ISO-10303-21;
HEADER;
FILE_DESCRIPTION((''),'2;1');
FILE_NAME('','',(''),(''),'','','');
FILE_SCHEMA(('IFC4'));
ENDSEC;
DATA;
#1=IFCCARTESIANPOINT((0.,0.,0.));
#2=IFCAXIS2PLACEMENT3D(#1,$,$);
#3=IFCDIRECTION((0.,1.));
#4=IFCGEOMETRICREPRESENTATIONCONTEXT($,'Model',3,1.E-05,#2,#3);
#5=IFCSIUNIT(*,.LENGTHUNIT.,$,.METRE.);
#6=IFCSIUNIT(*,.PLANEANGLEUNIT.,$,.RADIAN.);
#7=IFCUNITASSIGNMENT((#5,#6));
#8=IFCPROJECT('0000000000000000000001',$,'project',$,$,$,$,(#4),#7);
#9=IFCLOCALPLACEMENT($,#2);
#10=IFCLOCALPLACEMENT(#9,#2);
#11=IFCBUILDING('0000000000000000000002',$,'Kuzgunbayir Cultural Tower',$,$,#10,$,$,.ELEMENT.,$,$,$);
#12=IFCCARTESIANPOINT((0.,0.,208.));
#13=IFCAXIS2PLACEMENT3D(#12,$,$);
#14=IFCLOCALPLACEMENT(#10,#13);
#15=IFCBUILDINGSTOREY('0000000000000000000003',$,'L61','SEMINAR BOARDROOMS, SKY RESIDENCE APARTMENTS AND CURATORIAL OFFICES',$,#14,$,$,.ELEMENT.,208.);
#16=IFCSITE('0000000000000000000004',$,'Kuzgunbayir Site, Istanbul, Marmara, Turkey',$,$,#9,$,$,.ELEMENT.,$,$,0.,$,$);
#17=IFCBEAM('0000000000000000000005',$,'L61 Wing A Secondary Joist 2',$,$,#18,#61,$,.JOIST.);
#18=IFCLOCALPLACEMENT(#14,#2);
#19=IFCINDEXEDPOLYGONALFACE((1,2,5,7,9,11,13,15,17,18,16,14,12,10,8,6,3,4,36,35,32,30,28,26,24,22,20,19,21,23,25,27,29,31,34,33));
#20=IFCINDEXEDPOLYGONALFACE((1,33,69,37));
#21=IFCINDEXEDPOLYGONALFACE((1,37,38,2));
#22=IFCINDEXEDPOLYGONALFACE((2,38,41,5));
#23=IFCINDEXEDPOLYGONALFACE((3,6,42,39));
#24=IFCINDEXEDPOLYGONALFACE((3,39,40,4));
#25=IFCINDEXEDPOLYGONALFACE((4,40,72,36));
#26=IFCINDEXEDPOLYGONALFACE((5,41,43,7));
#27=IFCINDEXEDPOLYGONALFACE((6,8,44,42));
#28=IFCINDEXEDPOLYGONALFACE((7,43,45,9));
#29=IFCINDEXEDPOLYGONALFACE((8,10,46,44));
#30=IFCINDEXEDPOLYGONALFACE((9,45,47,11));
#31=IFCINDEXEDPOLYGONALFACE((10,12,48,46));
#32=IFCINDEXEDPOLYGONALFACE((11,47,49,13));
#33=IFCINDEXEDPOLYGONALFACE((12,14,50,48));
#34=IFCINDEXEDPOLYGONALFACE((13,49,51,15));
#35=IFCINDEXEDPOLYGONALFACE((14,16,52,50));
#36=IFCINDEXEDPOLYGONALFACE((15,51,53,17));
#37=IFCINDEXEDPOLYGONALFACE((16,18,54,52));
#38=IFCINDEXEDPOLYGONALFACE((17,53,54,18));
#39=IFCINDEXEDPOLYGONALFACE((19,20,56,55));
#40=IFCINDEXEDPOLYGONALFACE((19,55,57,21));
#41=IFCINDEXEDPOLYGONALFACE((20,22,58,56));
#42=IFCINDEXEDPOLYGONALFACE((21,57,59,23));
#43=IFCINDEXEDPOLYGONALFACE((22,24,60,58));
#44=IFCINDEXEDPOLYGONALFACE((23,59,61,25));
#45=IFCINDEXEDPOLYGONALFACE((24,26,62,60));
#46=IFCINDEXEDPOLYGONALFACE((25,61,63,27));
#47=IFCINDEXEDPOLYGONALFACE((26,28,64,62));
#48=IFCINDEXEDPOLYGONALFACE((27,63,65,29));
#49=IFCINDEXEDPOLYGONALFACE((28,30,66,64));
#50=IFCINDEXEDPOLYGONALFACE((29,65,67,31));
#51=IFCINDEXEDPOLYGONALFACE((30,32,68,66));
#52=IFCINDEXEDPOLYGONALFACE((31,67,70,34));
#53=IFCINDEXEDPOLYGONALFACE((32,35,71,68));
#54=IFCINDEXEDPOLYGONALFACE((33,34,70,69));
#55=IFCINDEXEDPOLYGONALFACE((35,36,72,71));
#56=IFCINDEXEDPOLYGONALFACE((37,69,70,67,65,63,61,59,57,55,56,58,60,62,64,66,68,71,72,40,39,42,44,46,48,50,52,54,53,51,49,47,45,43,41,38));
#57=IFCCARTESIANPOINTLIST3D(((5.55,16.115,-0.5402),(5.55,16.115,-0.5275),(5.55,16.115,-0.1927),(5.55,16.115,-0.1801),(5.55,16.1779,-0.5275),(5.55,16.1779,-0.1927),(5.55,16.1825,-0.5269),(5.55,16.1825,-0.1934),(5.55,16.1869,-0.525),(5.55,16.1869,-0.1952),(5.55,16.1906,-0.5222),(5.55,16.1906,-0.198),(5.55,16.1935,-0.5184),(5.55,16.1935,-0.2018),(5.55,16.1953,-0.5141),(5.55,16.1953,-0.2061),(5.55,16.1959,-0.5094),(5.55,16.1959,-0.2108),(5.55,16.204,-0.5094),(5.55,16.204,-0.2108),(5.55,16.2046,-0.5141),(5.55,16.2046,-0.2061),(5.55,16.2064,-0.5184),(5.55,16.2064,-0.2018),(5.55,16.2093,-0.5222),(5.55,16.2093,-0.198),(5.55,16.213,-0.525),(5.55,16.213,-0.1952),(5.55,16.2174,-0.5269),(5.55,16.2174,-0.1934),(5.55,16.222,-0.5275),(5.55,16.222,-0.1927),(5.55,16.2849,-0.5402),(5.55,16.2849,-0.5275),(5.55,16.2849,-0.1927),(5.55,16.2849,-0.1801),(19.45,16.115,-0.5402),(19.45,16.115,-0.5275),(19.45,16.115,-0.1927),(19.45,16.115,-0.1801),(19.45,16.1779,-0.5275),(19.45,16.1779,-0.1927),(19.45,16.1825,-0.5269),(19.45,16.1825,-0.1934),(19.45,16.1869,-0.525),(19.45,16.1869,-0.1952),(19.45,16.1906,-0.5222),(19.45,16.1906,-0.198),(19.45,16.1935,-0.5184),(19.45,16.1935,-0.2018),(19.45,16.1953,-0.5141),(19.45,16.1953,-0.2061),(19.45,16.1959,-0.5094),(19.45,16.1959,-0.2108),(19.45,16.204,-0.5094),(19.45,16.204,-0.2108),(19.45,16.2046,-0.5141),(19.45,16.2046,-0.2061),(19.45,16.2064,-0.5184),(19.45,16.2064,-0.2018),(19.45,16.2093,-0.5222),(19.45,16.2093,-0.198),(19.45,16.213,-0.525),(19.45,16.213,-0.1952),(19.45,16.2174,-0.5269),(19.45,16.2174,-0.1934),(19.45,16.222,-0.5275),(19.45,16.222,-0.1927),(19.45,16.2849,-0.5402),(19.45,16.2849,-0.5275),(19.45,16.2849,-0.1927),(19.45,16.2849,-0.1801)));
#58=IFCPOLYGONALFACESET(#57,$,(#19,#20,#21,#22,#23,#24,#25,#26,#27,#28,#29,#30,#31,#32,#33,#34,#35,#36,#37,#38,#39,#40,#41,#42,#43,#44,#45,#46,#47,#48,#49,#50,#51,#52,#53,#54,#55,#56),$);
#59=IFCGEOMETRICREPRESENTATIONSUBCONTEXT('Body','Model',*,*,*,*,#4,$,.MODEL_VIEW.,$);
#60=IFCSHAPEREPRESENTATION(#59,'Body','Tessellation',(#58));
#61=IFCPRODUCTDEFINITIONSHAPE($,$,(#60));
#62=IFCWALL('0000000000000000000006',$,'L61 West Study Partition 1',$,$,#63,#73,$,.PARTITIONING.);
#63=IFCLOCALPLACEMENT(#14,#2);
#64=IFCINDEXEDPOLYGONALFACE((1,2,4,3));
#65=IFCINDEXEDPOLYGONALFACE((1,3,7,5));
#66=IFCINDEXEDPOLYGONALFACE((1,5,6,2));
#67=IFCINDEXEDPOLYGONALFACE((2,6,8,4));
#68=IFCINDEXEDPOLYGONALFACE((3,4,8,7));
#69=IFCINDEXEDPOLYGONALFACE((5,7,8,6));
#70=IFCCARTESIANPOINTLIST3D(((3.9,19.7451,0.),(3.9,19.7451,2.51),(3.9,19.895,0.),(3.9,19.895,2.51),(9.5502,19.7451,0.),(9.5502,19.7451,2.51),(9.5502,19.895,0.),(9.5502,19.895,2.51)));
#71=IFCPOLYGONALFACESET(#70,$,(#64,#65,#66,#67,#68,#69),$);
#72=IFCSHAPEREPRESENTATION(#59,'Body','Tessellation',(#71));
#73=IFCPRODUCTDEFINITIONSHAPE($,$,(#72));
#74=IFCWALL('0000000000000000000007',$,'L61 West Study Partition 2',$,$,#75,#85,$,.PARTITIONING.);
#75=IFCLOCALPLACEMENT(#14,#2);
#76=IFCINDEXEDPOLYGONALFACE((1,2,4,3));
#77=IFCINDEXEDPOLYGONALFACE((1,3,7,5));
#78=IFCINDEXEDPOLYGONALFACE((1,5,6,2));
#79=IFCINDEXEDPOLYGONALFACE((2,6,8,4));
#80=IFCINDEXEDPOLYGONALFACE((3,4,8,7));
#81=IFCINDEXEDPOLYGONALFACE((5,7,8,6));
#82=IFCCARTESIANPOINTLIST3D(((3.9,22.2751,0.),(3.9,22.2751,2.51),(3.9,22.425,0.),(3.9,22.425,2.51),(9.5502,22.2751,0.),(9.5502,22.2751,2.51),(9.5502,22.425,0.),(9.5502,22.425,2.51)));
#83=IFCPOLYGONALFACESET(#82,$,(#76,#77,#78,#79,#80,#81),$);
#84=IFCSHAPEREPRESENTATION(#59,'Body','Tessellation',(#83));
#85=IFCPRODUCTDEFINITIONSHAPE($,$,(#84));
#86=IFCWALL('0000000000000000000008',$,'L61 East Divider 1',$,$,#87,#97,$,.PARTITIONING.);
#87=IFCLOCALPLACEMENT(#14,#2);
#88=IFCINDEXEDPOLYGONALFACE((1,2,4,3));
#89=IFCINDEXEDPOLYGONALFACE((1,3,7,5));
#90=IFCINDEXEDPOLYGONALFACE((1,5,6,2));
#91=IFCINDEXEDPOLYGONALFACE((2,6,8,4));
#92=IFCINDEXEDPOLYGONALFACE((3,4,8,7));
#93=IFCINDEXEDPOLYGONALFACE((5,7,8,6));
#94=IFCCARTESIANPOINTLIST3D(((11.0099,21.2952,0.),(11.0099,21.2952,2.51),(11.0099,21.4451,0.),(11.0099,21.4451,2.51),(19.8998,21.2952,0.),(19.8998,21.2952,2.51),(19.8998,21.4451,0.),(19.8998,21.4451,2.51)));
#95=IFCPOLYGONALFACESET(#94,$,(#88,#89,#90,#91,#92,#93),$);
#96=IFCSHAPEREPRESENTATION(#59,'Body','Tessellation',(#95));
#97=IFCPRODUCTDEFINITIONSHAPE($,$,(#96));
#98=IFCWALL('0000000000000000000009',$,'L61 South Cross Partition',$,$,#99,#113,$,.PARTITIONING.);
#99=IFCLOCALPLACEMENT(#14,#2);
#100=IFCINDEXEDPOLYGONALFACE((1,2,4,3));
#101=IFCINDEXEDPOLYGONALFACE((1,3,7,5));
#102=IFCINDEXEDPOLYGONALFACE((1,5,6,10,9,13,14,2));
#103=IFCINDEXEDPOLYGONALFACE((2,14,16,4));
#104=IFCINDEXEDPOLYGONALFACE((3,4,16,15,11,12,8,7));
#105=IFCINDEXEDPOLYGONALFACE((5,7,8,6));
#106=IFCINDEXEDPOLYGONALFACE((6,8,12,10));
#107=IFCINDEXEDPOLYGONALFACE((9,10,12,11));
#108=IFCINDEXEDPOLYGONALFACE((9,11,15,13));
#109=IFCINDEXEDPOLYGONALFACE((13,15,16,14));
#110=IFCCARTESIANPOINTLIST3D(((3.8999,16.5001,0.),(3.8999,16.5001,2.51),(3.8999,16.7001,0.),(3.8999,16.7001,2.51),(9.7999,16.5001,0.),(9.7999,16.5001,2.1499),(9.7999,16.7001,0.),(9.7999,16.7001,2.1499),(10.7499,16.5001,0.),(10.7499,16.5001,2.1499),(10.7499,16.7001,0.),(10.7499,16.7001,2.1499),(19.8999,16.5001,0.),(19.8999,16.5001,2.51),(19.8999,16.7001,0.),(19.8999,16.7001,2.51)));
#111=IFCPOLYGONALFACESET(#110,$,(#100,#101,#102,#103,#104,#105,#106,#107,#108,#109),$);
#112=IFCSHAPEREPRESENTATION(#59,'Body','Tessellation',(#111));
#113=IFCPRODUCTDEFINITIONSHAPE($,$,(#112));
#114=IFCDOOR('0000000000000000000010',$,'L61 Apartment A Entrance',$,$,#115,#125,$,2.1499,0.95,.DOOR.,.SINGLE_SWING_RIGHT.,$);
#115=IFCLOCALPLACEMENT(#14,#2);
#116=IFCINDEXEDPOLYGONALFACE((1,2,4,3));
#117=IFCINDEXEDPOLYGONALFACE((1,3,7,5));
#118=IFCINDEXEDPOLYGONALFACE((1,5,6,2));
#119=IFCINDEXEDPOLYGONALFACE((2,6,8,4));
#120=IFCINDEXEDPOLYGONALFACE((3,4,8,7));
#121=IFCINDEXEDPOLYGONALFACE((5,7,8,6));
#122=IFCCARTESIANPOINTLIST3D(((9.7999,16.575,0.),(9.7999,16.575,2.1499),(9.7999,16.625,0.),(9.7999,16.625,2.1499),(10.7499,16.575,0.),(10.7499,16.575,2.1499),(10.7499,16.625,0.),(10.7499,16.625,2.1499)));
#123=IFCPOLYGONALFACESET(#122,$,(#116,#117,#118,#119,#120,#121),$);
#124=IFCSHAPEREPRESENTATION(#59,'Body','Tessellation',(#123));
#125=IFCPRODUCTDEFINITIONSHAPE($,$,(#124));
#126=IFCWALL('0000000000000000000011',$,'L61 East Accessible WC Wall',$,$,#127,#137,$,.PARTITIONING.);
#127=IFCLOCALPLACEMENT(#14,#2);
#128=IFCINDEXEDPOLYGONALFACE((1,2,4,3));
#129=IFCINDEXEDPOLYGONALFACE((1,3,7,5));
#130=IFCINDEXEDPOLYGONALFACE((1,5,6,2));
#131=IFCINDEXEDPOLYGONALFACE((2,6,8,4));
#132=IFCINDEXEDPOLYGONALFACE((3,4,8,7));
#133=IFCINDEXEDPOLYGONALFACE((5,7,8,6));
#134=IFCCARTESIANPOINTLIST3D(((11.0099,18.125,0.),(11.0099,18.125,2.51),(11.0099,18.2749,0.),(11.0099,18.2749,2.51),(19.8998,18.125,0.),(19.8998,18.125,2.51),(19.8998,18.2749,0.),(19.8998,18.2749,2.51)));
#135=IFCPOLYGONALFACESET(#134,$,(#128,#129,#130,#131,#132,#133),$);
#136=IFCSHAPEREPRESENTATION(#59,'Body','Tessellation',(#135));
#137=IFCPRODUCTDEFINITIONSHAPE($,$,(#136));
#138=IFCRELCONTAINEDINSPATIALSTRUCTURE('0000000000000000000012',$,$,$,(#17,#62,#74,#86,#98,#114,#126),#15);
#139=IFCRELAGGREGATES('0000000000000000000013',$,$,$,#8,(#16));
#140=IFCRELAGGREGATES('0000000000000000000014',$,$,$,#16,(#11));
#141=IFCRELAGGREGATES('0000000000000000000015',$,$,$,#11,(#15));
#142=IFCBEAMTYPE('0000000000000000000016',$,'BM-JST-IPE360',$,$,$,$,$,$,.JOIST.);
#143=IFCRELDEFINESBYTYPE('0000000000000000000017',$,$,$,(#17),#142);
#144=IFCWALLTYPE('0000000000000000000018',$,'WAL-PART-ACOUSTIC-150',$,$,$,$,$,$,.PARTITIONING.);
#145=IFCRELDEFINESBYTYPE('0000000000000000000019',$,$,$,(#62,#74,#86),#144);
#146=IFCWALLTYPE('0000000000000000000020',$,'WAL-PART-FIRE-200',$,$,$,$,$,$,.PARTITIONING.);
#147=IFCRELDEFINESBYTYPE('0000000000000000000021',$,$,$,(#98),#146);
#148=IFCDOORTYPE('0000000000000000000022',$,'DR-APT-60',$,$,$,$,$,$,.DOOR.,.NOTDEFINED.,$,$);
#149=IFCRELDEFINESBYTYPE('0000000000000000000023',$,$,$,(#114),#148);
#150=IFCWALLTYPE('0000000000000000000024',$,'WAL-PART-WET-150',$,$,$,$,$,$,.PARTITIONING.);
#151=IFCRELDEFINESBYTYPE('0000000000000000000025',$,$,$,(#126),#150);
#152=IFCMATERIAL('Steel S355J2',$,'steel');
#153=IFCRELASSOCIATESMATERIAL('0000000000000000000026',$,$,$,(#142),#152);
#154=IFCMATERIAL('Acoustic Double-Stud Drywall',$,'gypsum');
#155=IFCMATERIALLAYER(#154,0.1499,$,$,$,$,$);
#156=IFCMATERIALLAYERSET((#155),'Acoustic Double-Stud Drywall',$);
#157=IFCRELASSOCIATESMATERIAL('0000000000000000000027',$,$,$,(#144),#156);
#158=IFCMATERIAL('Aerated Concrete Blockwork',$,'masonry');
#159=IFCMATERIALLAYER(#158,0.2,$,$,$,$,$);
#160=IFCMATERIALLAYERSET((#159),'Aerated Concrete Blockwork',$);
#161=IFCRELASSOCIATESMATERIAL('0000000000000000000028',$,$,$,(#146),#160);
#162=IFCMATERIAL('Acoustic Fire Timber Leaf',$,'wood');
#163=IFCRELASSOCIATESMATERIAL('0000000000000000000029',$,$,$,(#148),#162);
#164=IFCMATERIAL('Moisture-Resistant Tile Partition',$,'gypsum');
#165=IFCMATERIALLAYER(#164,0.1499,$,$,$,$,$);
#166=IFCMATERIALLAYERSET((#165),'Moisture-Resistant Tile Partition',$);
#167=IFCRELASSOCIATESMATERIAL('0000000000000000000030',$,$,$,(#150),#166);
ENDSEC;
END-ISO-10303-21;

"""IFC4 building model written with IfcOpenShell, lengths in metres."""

from ifc_helpers import new_model, si_unit, direction, frame, frame_2d, origin, origin_2d, place, context, subcontext, project, spatial, rectangle, i_section, extrude, material, layer, layer_set, material_profile, profile_set, type_object, element, fill, save


model = new_model("IFC4")

# Units and contexts
model_context = context("Model", 3, precision=1e-05, world=origin(), true_north=direction((0.0, 1.0)))
body_context = subcontext(model_context, "Body", "Model", "MODEL_VIEW")
ifc_project = project(units=[si_unit("LENGTHUNIT", "METRE"), si_unit("PLANEANGLEUNIT", "RADIAN")], contexts=[model_context])

# Site, building, storey
site_placement = place(None, origin())
site = spatial("IfcSite", under=ifc_project, at=site_placement, Name="Kuzgunbayir Site, Istanbul, Marmara, Turkey", CompositionType="ELEMENT", RefElevation=0.0)
building_placement = place(site_placement, origin())
building = spatial("IfcBuilding", under=site, at=building_placement, Name="Kuzgunbayir Cultural Tower", CompositionType="ELEMENT")
storey_placement = place(building_placement, frame((0.0, 0.0, 208.0)))
storey = spatial("IfcBuildingStorey", under=building, at=storey_placement, Name="L61", Description="SEMINAR BOARDROOMS, SKY RESIDENCE APARTMENTS AND CURATORIAL OFFICES", CompositionType="ELEMENT", Elevation=208.0)

# Beam
ifc_material_1 = material(Name="Steel S355J2", Category="steel")
ifc_material_profile_1 = material_profile(ifc_material_1, i_section(OverallWidth=0.1699, OverallDepth=0.3601, WebThickness=0.0081, FlangeThickness=0.0127, FilletRadius=0.0181, at=origin_2d()), Name="IPE 360")
ifc_profile_set_1 = profile_set([ifc_material_profile_1], Name="Steel S355J2")
beam_type_1 = type_object("IfcBeamType", Name="BM-JST-IPE360", PredefinedType="JOIST", material=ifc_profile_set_1)
beam_1_placement = place(storey_placement, frame((5.55, 16.2, -0.3601), z_axis=(1.0, 0.0, 0.0), x_axis=(0.0, 1.0, 0.0)))
element("IfcBeam", 1, at=beam_1_placement, inside=storey, type_object=beam_type_1, Name="L61 Wing A Secondary Joist 2", PredefinedType="JOIST", context=body_context, shape_type="SweptSolid", body=[
    extrude(i_section(OverallWidth=0.1699, OverallDepth=0.3601, WebThickness=0.0081, FlangeThickness=0.0127, FilletRadius=0.0181, at=origin_2d()), origin(), (0.0, 0.0, 1.0), 13.8999),
])

# Walls
ifc_material_2 = material(Name="Acoustic Double-Stud Drywall", Category="gypsum")
ifc_layer_1 = layer(ifc_material_2, 0.1499)
ifc_layer_set_1 = layer_set([ifc_layer_1], Name="Acoustic Double-Stud Drywall")
wall_type_1 = type_object("IfcWallType", Name="WAL-PART-ACOUSTIC-150", PredefinedType="PARTITIONING", material=ifc_layer_set_1)
for number, where, z_axis, x_axis, name in (
    (2, (3.8999, 19.8201, 0.0), (0.0, 0.0, 1.0), (1.0, 0.0, 0.0), "L61 West Study Partition 1"),
    (3, (3.8999, 22.3501, 0.0), (0.0, 0.0, 1.0), (1.0, 0.0, 0.0), "L61 West Study Partition 2"),
):
    element("IfcWall", number, at=place(storey_placement, frame(where, z_axis=z_axis, x_axis=x_axis)), inside=storey, type_object=wall_type_1, Name=name, PredefinedType="PARTITIONING", context=body_context, shape_type="SweptSolid", body=[
        extrude(rectangle(XDim=5.6501, YDim=0.1499, at=frame_2d((2.8252, 0.0))), origin(), (0.0, 0.0, 1.0), 2.51),
    ])
wall_1_placement = place(storey_placement, frame((11.01, 21.3701, 0.0), z_axis=(0.0, 0.0, 1.0), x_axis=(1.0, 0.0, 0.0)))
element("IfcWall", 4, at=wall_1_placement, inside=storey, type_object=wall_type_1, Name="L61 East Divider 1", PredefinedType="PARTITIONING", context=body_context, shape_type="SweptSolid", body=[
    extrude(rectangle(XDim=8.8899, YDim=0.1499, at=frame_2d((4.4448, 0.0))), origin(), (0.0, 0.0, 1.0), 2.51),
])

# Shared definitions
ifc_material_3 = material(Name="Aerated Concrete Blockwork", Category="masonry")
ifc_layer_2 = layer(ifc_material_3, 0.2)
ifc_layer_set_2 = layer_set([ifc_layer_2], Name="Aerated Concrete Blockwork")
wall_type_2 = type_object("IfcWallType", Name="WAL-PART-FIRE-200", PredefinedType="PARTITIONING", material=ifc_layer_set_2)

# Wall, opening, door
wall_2_placement = place(storey_placement, frame((3.8999, 16.6001, 0.0), z_axis=(0.0, 0.0, 1.0), x_axis=(1.0, 0.0, 0.0)))
wall_2 = element("IfcWall", 5, at=wall_2_placement, inside=storey, type_object=wall_type_2, Name="L61 South Cross Partition", PredefinedType="PARTITIONING", context=body_context, shape_type="SweptSolid", body=[
    extrude(rectangle(XDim=16.0, YDim=0.2, at=frame_2d((8.0, 0.0))), origin(), (0.0, 0.0, 1.0), 2.51),
])
opening_1_placement = place(wall_2_placement, frame((5.8999, 0.0, 0.0)))
opening_1 = element("IfcOpeningElement", 6, at=opening_1_placement, cuts=wall_2, PredefinedType="OPENING", context=body_context, shape_type="SweptSolid", body=[
    extrude(rectangle(XDim=0.95, YDim=2.1499, at=frame_2d((0.4751, 1.075))), frame((0.0, 0.1099, 0.0), z_axis=(0.0, -1.0, 0.0), x_axis=(1.0, 0.0, 0.0)), (0.0, 0.0, 1.0), 0.22),
])
ifc_material_4 = material(Name="Acoustic Fire Timber Leaf", Category="wood")
door_type_1 = type_object("IfcDoorType", Name="DR-APT-60", OperationType="NOTDEFINED", PredefinedType="DOOR", material=ifc_material_4)
door_1_placement = place(opening_1_placement, origin())
door_1 = element("IfcDoor", 7, at=door_1_placement, inside=storey, type_object=door_type_1, Name="L61 Apartment A Entrance", OperationType="SINGLE_SWING_RIGHT", OverallHeight=2.1499, OverallWidth=0.95, PredefinedType="DOOR", context=body_context, shape_type="SweptSolid", body=[
    extrude(rectangle(XDim=0.95, YDim=2.1499, at=frame_2d((0.4751, 1.075))), frame((0.0, 0.0249, 0.0), z_axis=(0.0, -1.0, 0.0), x_axis=(1.0, 0.0, 0.0)), (0.0, 0.0, 1.0), 0.05),
])
fill(opening_1, door_1)

# Wall
ifc_material_5 = material(Name="Moisture-Resistant Tile Partition", Category="gypsum")
ifc_layer_3 = layer(ifc_material_5, 0.1499)
ifc_layer_set_3 = layer_set([ifc_layer_3], Name="Moisture-Resistant Tile Partition")
wall_type_3 = type_object("IfcWallType", Name="WAL-PART-WET-150", PredefinedType="PARTITIONING", material=ifc_layer_set_3)
wall_3_placement = place(storey_placement, frame((11.01, 18.2, 0.0), z_axis=(0.0, 0.0, 1.0), x_axis=(1.0, 0.0, 0.0)))
element("IfcWall", 8, at=wall_3_placement, inside=storey, type_object=wall_type_3, Name="L61 East Accessible WC Wall", PredefinedType="PARTITIONING", context=body_context, shape_type="SweptSolid", body=[
    extrude(rectangle(XDim=8.8899, YDim=0.1499, at=frame_2d((4.4448, 0.0))), origin(), (0.0, 0.0, 1.0), 2.51),
])

save(model, "model.ifc")
